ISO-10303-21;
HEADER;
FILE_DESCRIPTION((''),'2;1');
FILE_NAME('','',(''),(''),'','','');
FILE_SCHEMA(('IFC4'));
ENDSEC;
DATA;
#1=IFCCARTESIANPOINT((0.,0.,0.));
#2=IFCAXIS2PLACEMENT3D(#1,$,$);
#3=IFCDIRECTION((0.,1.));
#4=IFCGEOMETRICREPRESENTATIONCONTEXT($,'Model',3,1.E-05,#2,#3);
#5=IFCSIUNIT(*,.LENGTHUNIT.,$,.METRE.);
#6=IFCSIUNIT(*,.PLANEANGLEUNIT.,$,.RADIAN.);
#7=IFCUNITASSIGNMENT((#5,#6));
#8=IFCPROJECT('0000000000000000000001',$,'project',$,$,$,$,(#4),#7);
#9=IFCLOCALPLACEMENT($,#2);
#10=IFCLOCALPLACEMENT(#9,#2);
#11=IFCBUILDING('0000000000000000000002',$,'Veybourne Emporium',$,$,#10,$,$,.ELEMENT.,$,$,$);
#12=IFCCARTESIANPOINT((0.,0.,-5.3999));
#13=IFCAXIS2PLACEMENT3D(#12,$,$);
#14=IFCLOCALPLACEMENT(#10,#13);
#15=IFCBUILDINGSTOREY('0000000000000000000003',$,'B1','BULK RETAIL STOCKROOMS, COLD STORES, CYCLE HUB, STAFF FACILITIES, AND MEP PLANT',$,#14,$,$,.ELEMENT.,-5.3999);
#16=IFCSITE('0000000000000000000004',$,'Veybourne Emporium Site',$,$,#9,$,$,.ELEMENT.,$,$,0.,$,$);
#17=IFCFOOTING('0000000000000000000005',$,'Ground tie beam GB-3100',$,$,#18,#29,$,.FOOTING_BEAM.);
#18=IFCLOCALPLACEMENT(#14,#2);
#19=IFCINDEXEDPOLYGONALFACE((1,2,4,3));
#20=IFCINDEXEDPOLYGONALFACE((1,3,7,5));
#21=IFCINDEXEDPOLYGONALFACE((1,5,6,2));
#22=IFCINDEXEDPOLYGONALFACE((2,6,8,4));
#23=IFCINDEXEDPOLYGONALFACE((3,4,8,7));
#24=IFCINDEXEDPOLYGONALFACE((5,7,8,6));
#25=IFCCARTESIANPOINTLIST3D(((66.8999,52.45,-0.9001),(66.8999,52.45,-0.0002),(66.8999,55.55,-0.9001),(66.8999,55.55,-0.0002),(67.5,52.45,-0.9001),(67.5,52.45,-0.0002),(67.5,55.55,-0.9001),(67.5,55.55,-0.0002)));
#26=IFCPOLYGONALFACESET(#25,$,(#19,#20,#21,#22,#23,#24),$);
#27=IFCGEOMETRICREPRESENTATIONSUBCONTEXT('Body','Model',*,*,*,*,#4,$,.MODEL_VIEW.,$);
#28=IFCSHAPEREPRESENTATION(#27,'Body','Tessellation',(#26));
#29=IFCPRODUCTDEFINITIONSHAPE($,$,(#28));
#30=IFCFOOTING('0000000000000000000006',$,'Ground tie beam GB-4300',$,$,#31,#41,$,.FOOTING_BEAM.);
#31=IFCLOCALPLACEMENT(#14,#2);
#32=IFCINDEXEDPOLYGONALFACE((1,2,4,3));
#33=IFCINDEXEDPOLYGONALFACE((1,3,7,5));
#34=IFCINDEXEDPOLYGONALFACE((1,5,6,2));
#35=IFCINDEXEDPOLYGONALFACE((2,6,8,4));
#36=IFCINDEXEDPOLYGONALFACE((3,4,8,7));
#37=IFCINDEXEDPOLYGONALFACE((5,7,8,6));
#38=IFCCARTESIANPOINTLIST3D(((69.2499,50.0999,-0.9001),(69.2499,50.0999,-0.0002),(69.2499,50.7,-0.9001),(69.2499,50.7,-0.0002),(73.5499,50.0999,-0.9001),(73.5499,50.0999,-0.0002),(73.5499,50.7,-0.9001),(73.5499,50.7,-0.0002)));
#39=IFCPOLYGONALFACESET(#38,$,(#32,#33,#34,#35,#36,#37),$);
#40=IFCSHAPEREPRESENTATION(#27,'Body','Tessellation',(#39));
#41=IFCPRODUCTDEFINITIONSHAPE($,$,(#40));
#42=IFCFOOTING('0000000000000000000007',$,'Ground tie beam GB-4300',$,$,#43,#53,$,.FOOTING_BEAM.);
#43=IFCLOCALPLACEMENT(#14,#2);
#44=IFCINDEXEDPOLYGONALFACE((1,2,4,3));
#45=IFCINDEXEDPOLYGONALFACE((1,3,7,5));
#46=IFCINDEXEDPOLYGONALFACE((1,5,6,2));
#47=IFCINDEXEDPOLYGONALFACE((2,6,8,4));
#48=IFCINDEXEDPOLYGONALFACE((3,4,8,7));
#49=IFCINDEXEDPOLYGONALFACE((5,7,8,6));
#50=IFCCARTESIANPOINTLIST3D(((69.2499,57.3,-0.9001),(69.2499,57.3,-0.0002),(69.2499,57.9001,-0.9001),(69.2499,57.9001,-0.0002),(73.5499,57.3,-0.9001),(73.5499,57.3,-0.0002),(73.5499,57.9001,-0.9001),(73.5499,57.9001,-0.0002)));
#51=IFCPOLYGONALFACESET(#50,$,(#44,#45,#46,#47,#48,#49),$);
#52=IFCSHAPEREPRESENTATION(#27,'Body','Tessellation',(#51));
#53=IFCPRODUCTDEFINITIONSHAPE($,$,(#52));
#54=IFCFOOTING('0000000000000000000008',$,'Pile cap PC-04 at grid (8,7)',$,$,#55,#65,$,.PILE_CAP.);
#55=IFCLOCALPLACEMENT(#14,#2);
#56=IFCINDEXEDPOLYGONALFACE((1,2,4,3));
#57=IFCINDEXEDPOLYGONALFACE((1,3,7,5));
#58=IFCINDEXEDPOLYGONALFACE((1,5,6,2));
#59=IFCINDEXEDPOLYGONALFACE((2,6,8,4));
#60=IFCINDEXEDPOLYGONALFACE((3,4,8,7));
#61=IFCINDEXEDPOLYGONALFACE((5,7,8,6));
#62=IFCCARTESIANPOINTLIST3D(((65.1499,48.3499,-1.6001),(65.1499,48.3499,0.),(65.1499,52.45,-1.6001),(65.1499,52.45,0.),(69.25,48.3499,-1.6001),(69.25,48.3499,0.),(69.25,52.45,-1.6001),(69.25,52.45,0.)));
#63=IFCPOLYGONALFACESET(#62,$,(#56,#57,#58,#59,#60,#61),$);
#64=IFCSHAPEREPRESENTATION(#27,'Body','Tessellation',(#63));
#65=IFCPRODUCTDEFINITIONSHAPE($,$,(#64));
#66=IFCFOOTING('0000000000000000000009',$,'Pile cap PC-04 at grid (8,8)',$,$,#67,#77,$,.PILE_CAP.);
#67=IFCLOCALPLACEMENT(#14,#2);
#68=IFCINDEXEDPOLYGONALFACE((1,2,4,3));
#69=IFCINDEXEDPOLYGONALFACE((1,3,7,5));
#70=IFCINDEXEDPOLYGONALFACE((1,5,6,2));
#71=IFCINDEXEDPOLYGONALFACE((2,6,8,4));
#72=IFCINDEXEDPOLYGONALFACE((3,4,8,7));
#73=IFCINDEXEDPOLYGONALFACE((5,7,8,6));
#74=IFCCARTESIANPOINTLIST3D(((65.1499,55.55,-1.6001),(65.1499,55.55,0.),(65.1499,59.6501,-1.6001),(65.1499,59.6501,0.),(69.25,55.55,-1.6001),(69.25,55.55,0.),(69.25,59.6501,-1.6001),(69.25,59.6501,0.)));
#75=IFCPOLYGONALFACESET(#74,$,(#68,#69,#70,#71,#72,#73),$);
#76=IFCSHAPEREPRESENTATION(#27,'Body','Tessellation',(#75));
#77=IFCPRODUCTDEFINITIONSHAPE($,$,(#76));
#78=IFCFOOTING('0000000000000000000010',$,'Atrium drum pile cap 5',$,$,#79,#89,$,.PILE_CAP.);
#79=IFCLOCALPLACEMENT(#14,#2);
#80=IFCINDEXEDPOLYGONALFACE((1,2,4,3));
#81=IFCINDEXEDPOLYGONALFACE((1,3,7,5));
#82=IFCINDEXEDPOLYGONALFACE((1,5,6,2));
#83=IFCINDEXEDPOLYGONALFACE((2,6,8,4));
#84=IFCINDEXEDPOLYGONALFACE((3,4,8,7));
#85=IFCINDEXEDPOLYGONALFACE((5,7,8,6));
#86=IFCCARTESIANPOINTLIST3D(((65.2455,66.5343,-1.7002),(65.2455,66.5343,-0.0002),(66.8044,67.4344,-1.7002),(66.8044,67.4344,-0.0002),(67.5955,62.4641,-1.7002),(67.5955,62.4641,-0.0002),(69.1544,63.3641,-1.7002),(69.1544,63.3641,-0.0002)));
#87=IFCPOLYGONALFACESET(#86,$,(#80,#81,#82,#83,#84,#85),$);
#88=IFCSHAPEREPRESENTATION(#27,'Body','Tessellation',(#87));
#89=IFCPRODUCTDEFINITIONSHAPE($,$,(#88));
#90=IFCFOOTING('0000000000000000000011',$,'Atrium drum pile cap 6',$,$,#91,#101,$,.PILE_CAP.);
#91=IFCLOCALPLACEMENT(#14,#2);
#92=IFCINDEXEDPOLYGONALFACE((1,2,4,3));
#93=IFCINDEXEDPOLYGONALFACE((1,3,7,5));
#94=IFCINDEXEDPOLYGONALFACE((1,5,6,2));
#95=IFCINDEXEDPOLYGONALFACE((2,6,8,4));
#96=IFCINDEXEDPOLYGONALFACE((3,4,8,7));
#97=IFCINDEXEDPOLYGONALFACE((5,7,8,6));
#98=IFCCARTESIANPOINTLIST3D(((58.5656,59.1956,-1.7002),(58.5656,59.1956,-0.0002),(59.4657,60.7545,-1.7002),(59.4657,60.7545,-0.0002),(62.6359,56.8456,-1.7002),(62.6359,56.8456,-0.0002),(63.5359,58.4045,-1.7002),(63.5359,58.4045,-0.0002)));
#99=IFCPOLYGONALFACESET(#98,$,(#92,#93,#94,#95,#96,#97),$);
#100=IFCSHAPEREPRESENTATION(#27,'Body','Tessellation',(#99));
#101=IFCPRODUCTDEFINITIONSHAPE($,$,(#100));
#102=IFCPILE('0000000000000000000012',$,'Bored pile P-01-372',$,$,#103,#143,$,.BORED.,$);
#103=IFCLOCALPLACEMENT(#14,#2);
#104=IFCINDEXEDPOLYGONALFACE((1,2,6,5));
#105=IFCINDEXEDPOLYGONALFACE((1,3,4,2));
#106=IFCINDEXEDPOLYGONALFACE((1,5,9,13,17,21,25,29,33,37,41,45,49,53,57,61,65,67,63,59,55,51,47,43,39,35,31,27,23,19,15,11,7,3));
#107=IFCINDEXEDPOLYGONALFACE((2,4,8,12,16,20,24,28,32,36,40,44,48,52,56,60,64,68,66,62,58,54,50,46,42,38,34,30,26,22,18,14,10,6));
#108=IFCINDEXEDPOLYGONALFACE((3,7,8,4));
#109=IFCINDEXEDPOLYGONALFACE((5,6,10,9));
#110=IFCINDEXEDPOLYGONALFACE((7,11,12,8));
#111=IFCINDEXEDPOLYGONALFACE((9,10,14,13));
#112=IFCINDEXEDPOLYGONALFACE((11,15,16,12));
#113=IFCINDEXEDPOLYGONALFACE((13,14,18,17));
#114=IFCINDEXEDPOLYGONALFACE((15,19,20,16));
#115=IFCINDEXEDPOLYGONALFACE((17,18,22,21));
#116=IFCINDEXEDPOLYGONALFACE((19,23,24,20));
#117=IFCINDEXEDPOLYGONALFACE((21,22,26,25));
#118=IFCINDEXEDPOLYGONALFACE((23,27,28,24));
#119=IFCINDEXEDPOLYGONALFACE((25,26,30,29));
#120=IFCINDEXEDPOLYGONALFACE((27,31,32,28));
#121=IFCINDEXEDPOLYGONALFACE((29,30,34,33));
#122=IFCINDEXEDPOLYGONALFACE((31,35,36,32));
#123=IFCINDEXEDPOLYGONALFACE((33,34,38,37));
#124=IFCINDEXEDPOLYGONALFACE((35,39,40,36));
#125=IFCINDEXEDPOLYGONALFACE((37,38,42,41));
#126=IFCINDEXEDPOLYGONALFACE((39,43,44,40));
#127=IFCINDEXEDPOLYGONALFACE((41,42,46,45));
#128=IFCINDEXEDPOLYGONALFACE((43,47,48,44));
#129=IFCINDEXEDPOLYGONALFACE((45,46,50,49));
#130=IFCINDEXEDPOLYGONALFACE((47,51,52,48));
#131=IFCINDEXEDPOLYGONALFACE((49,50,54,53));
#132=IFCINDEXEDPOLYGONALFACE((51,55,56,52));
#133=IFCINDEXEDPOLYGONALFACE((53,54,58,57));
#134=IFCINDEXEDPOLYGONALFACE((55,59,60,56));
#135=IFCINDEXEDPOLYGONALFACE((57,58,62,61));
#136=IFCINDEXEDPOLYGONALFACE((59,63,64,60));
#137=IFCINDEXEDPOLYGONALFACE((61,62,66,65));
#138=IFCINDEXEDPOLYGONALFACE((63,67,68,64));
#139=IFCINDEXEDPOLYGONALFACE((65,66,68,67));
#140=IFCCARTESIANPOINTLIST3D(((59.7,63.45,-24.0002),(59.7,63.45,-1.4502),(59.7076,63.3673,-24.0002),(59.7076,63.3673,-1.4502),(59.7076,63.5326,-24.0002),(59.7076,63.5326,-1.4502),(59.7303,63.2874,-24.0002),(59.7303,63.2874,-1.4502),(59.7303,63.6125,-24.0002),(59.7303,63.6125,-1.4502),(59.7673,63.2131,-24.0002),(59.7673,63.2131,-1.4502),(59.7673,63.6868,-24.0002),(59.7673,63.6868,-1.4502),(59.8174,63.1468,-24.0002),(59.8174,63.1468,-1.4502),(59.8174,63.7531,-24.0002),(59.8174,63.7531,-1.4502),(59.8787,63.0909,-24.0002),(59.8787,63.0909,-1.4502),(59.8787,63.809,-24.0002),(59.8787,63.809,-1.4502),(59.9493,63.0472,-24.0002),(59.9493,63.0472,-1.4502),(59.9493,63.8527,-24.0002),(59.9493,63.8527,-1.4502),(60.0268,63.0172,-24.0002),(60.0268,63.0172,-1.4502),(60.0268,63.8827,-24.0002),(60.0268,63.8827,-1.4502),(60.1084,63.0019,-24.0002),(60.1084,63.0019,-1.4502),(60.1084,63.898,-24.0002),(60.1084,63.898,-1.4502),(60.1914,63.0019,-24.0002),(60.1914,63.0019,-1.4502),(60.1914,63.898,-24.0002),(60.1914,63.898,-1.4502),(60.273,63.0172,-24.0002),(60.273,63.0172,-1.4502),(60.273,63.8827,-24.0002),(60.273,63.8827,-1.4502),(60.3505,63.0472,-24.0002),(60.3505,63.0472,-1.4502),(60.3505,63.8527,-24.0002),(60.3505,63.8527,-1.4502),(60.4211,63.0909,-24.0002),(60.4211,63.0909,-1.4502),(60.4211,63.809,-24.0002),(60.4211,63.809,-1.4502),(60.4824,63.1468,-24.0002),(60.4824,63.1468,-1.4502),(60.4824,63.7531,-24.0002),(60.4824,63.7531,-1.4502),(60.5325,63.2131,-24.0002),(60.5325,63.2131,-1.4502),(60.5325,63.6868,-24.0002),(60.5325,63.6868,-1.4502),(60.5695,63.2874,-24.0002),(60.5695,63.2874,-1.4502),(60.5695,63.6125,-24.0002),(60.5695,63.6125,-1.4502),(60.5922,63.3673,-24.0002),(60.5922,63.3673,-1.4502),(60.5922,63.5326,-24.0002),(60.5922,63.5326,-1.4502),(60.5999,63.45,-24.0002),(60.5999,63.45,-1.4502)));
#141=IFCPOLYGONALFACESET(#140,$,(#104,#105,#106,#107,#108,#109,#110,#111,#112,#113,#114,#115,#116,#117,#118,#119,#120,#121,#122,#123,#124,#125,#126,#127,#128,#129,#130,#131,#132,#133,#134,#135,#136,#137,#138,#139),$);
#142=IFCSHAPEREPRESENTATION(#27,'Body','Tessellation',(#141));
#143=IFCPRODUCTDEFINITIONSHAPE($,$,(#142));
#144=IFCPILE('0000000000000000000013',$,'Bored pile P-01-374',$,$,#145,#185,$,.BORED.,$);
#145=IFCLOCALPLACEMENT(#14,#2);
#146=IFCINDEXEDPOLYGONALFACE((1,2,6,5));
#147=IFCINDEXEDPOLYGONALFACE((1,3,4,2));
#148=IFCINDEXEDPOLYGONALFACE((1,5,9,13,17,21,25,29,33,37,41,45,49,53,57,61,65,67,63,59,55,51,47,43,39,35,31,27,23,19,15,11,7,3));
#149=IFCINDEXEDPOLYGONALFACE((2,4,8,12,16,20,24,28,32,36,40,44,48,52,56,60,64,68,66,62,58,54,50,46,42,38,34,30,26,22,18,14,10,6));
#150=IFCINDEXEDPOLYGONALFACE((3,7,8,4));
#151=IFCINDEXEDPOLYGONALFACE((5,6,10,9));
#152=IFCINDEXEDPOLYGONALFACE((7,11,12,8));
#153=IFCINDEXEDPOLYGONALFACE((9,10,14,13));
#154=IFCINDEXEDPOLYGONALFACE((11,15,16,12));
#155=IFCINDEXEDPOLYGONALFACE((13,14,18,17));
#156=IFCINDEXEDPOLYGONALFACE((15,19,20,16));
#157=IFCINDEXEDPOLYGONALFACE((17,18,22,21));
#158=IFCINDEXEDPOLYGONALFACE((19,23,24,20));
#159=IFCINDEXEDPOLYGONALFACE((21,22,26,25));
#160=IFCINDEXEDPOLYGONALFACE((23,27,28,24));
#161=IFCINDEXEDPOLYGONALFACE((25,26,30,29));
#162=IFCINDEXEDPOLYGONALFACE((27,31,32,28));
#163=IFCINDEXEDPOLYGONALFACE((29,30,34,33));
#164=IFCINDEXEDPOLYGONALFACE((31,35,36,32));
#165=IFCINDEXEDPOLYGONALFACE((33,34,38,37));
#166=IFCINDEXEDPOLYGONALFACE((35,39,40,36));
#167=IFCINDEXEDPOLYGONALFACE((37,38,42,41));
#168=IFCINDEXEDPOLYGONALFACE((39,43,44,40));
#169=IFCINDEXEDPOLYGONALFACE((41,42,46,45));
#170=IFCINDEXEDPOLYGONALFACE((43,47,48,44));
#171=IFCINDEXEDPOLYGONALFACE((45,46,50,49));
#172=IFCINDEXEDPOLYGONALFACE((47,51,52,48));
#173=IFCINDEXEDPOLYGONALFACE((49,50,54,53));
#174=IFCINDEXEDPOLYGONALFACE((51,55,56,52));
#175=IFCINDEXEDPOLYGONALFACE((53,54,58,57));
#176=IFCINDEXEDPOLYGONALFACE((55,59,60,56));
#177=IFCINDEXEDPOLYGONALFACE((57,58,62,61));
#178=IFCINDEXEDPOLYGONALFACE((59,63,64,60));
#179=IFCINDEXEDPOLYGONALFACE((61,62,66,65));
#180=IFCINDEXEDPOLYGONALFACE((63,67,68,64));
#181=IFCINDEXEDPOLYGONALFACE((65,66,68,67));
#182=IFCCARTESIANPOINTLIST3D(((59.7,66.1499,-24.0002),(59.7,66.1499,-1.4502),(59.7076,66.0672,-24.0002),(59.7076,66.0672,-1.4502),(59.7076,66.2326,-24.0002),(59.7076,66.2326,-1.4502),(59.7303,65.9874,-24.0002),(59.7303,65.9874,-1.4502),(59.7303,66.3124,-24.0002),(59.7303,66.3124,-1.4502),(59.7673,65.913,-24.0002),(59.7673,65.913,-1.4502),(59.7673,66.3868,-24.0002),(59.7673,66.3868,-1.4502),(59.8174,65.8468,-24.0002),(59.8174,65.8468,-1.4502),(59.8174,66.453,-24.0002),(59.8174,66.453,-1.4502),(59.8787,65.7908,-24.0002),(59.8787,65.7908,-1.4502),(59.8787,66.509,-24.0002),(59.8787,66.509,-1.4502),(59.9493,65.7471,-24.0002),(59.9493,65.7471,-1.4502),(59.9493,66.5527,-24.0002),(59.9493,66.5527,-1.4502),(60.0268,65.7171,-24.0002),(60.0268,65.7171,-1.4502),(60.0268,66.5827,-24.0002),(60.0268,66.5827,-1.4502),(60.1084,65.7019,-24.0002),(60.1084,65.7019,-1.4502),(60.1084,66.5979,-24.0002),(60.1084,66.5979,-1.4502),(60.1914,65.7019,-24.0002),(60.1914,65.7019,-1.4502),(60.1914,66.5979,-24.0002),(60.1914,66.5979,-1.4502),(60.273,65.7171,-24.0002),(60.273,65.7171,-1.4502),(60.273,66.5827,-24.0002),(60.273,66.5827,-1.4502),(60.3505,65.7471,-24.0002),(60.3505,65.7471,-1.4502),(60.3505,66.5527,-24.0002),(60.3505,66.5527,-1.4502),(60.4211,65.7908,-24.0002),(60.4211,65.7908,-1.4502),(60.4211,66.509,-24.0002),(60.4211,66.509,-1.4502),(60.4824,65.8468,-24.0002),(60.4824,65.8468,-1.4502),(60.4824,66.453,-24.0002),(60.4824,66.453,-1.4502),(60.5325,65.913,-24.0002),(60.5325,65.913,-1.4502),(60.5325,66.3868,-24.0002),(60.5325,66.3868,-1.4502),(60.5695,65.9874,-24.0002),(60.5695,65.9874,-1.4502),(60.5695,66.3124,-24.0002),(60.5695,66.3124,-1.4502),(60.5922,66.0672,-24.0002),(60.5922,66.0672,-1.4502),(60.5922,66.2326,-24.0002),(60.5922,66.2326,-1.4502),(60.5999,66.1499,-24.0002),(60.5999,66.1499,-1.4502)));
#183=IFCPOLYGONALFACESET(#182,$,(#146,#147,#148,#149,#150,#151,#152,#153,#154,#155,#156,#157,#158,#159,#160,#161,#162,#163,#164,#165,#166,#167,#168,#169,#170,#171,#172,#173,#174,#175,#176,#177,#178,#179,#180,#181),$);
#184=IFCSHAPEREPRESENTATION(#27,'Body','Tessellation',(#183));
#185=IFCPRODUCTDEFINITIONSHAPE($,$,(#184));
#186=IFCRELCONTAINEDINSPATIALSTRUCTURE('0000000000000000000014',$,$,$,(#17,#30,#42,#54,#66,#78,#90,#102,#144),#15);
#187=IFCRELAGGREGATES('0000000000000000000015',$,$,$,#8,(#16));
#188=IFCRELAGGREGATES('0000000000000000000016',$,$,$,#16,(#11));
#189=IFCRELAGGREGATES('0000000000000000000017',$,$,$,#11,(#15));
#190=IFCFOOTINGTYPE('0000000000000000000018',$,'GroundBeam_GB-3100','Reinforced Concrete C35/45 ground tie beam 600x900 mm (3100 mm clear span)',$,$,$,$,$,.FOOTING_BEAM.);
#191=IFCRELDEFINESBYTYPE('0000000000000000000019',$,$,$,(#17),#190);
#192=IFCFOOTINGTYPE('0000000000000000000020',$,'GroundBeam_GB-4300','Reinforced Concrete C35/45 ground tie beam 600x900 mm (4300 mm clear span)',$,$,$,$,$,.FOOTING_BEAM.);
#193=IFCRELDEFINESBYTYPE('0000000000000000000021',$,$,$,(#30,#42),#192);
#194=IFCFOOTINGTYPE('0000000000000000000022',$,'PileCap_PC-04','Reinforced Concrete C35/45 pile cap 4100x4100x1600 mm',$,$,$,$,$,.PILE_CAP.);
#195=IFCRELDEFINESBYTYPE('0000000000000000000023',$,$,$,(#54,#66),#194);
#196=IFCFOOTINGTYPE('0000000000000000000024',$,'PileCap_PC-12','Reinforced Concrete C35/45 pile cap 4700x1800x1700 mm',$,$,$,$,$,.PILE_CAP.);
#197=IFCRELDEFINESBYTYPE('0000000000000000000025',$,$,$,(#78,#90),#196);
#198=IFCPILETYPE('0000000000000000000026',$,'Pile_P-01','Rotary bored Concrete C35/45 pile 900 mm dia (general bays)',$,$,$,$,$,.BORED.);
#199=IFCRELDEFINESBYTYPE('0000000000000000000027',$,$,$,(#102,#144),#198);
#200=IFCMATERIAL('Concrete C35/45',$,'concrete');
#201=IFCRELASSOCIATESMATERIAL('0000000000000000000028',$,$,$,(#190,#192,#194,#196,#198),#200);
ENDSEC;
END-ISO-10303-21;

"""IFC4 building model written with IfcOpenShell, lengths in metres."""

from ifc_helpers import new_model, si_unit, direction, frame, origin, origin_2d, place, context, subcontext, project, spatial, rectangle, circle, extrude, material, material_profile, profile_set, type_object, element, save


model = new_model("IFC4")

# Units and contexts
model_context = context("Model", 3, precision=1e-05, world=origin(), true_north=direction((0.0, 1.0)))
body_context = subcontext(model_context, "Body", "Model", "MODEL_VIEW")
ifc_project = project(units=[si_unit("LENGTHUNIT", "METRE"), si_unit("PLANEANGLEUNIT", "RADIAN")], contexts=[model_context])

# Site, building, storey
site_placement = place(None, origin())
site = spatial("IfcSite", under=ifc_project, at=site_placement, Name="Veybourne Emporium Site", CompositionType="ELEMENT", RefElevation=0.0)
building_placement = place(site_placement, origin())
building = spatial("IfcBuilding", under=site, at=building_placement, Name="Veybourne Emporium", CompositionType="ELEMENT")
storey_placement = place(building_placement, frame((0.0, 0.0, -5.3999)))
storey = spatial("IfcBuildingStorey", under=building, at=storey_placement, Name="B1", Description="BULK RETAIL STOCKROOMS, COLD STORES, CYCLE HUB, STAFF FACILITIES, AND MEP PLANT", CompositionType="ELEMENT", Elevation=-5.3999)

# Footings
ifc_material_1 = material(Name="Concrete C35/45", Category="concrete")
footing_type_1 = type_object("IfcFootingType", Name="GroundBeam_GB-3100", Description="Reinforced Concrete C35/45 ground tie beam 600x900 mm (3100 mm clear span)", PredefinedType="FOOTING_BEAM", material=ifc_material_1)
footing_placement = place(storey_placement, frame((67.2, 54.0, -0.9001), z_axis=(0.0, 0.0, 1.0), x_axis=(0.0, 1.0, 0.0)))
element("IfcFooting", 1, at=footing_placement, inside=storey, type_object=footing_type_1, Name="Ground tie beam GB-3100", PredefinedType="FOOTING_BEAM", context=body_context, shape_type="SweptSolid", body=[
    extrude(rectangle(XDim=3.1001, YDim=0.6001, at=origin_2d()), origin(), (0.0, 0.0, 1.0), 0.8999),
])
footing_type_2 = type_object("IfcFootingType", Name="GroundBeam_GB-4300", Description="Reinforced Concrete C35/45 ground tie beam 600x900 mm (4300 mm clear span)", PredefinedType="FOOTING_BEAM", material=ifc_material_1)
for number, where, z_axis, x_axis, name in (
    (2, (71.3999, 50.3999, -0.9001), (0.0, 0.0, 1.0), (1.0, 0.0, 0.0), "Ground tie beam GB-4300"),
    (3, (71.3999, 57.6001, -0.9001), (0.0, 0.0, 1.0), (1.0, 0.0, 0.0), "Ground tie beam GB-4300"),
):
    element("IfcFooting", number, at=place(storey_placement, frame(where, z_axis=z_axis, x_axis=x_axis)), inside=storey, type_object=footing_type_2, Name=name, PredefinedType="FOOTING_BEAM", context=body_context, shape_type="SweptSolid", body=[
        extrude(rectangle(XDim=4.3, YDim=0.6001, at=origin_2d()), origin(), (0.0, 0.0, 1.0), 0.8999),
    ])
footing_type_3 = type_object("IfcFootingType", Name="PileCap_PC-04", Description="Reinforced Concrete C35/45 pile cap 4100x4100x1600 mm", PredefinedType="PILE_CAP", material=ifc_material_1)
for number, where, z_axis, x_axis, name in (
    (4, (67.2, 50.3999, -1.6001), (0.0, 0.0, 1.0), (1.0, 0.0, 0.0), "Pile cap PC-04 at grid (8,7)"),
    (5, (67.2, 57.6001, -1.6001), (0.0, 0.0, 1.0), (1.0, 0.0, 0.0), "Pile cap PC-04 at grid (8,8)"),
):
    element("IfcFooting", number, at=place(storey_placement, frame(where, z_axis=z_axis, x_axis=x_axis)), inside=storey, type_object=footing_type_3, Name=name, PredefinedType="PILE_CAP", context=body_context, shape_type="SweptSolid", body=[
        extrude(rectangle(XDim=4.1001, YDim=4.1001, at=origin_2d()), origin(), (0.0, 0.0, 1.0), 1.6001),
    ])
footing_type_4 = type_object("IfcFootingType", Name="PileCap_PC-12", Description="Reinforced Concrete C35/45 pile cap 4700x1800x1700 mm", PredefinedType="PILE_CAP", material=ifc_material_1)
for number, where, z_axis, x_axis, name in (
    (6, (67.2, 64.9492, -1.7002), (0.0, 0.0, 1.0), (-0.5, 0.866025, 0.0), "Atrium drum pile cap 5"),
    (7, (61.0508, 58.8, -1.7002), (0.0, 0.0, 1.0), (-0.866025, 0.5, 0.0), "Atrium drum pile cap 6"),
):
    element("IfcFooting", number, at=place(storey_placement, frame(where, z_axis=z_axis, x_axis=x_axis)), inside=storey, type_object=footing_type_4, Name=name, PredefinedType="PILE_CAP", context=body_context, shape_type="SweptSolid", body=[
        extrude(rectangle(XDim=4.7, YDim=1.8, at=origin_2d()), origin(), (0.0, 0.0, 1.0), 1.7),
    ])

# Piles
ifc_material_profile_1 = material_profile(ifc_material_1, circle(Radius=0.45, at=origin_2d()), Name="BORED PILE 900")
ifc_profile_set_1 = profile_set([ifc_material_profile_1], Name="Concrete C35/45")
pile_type_1 = type_object("IfcPileType", Name="Pile_P-01", Description="Rotary bored Concrete C35/45 pile 900 mm dia (general bays)", PredefinedType="BORED", material=ifc_profile_set_1)
for number, where, z_axis, x_axis, name in (
    (8, (60.1499, 63.45, -1.4502), (0.0, 0.0, -1.0), (1.0, 0.0, 0.0), "Bored pile P-01-372"),
    (9, (60.1499, 66.1499, -1.4502), (0.0, 0.0, -1.0), (1.0, 0.0, 0.0), "Bored pile P-01-374"),
):
    element("IfcPile", number, at=place(storey_placement, frame(where, z_axis=z_axis, x_axis=x_axis)), inside=storey, type_object=pile_type_1, Name=name, PredefinedType="BORED", context=body_context, shape_type="SweptSolid", body=[
        extrude(circle(Radius=0.45, at=origin_2d()), origin(), (0.0, 0.0, 1.0), 22.55),
    ])

save(model, "model.ifc")
